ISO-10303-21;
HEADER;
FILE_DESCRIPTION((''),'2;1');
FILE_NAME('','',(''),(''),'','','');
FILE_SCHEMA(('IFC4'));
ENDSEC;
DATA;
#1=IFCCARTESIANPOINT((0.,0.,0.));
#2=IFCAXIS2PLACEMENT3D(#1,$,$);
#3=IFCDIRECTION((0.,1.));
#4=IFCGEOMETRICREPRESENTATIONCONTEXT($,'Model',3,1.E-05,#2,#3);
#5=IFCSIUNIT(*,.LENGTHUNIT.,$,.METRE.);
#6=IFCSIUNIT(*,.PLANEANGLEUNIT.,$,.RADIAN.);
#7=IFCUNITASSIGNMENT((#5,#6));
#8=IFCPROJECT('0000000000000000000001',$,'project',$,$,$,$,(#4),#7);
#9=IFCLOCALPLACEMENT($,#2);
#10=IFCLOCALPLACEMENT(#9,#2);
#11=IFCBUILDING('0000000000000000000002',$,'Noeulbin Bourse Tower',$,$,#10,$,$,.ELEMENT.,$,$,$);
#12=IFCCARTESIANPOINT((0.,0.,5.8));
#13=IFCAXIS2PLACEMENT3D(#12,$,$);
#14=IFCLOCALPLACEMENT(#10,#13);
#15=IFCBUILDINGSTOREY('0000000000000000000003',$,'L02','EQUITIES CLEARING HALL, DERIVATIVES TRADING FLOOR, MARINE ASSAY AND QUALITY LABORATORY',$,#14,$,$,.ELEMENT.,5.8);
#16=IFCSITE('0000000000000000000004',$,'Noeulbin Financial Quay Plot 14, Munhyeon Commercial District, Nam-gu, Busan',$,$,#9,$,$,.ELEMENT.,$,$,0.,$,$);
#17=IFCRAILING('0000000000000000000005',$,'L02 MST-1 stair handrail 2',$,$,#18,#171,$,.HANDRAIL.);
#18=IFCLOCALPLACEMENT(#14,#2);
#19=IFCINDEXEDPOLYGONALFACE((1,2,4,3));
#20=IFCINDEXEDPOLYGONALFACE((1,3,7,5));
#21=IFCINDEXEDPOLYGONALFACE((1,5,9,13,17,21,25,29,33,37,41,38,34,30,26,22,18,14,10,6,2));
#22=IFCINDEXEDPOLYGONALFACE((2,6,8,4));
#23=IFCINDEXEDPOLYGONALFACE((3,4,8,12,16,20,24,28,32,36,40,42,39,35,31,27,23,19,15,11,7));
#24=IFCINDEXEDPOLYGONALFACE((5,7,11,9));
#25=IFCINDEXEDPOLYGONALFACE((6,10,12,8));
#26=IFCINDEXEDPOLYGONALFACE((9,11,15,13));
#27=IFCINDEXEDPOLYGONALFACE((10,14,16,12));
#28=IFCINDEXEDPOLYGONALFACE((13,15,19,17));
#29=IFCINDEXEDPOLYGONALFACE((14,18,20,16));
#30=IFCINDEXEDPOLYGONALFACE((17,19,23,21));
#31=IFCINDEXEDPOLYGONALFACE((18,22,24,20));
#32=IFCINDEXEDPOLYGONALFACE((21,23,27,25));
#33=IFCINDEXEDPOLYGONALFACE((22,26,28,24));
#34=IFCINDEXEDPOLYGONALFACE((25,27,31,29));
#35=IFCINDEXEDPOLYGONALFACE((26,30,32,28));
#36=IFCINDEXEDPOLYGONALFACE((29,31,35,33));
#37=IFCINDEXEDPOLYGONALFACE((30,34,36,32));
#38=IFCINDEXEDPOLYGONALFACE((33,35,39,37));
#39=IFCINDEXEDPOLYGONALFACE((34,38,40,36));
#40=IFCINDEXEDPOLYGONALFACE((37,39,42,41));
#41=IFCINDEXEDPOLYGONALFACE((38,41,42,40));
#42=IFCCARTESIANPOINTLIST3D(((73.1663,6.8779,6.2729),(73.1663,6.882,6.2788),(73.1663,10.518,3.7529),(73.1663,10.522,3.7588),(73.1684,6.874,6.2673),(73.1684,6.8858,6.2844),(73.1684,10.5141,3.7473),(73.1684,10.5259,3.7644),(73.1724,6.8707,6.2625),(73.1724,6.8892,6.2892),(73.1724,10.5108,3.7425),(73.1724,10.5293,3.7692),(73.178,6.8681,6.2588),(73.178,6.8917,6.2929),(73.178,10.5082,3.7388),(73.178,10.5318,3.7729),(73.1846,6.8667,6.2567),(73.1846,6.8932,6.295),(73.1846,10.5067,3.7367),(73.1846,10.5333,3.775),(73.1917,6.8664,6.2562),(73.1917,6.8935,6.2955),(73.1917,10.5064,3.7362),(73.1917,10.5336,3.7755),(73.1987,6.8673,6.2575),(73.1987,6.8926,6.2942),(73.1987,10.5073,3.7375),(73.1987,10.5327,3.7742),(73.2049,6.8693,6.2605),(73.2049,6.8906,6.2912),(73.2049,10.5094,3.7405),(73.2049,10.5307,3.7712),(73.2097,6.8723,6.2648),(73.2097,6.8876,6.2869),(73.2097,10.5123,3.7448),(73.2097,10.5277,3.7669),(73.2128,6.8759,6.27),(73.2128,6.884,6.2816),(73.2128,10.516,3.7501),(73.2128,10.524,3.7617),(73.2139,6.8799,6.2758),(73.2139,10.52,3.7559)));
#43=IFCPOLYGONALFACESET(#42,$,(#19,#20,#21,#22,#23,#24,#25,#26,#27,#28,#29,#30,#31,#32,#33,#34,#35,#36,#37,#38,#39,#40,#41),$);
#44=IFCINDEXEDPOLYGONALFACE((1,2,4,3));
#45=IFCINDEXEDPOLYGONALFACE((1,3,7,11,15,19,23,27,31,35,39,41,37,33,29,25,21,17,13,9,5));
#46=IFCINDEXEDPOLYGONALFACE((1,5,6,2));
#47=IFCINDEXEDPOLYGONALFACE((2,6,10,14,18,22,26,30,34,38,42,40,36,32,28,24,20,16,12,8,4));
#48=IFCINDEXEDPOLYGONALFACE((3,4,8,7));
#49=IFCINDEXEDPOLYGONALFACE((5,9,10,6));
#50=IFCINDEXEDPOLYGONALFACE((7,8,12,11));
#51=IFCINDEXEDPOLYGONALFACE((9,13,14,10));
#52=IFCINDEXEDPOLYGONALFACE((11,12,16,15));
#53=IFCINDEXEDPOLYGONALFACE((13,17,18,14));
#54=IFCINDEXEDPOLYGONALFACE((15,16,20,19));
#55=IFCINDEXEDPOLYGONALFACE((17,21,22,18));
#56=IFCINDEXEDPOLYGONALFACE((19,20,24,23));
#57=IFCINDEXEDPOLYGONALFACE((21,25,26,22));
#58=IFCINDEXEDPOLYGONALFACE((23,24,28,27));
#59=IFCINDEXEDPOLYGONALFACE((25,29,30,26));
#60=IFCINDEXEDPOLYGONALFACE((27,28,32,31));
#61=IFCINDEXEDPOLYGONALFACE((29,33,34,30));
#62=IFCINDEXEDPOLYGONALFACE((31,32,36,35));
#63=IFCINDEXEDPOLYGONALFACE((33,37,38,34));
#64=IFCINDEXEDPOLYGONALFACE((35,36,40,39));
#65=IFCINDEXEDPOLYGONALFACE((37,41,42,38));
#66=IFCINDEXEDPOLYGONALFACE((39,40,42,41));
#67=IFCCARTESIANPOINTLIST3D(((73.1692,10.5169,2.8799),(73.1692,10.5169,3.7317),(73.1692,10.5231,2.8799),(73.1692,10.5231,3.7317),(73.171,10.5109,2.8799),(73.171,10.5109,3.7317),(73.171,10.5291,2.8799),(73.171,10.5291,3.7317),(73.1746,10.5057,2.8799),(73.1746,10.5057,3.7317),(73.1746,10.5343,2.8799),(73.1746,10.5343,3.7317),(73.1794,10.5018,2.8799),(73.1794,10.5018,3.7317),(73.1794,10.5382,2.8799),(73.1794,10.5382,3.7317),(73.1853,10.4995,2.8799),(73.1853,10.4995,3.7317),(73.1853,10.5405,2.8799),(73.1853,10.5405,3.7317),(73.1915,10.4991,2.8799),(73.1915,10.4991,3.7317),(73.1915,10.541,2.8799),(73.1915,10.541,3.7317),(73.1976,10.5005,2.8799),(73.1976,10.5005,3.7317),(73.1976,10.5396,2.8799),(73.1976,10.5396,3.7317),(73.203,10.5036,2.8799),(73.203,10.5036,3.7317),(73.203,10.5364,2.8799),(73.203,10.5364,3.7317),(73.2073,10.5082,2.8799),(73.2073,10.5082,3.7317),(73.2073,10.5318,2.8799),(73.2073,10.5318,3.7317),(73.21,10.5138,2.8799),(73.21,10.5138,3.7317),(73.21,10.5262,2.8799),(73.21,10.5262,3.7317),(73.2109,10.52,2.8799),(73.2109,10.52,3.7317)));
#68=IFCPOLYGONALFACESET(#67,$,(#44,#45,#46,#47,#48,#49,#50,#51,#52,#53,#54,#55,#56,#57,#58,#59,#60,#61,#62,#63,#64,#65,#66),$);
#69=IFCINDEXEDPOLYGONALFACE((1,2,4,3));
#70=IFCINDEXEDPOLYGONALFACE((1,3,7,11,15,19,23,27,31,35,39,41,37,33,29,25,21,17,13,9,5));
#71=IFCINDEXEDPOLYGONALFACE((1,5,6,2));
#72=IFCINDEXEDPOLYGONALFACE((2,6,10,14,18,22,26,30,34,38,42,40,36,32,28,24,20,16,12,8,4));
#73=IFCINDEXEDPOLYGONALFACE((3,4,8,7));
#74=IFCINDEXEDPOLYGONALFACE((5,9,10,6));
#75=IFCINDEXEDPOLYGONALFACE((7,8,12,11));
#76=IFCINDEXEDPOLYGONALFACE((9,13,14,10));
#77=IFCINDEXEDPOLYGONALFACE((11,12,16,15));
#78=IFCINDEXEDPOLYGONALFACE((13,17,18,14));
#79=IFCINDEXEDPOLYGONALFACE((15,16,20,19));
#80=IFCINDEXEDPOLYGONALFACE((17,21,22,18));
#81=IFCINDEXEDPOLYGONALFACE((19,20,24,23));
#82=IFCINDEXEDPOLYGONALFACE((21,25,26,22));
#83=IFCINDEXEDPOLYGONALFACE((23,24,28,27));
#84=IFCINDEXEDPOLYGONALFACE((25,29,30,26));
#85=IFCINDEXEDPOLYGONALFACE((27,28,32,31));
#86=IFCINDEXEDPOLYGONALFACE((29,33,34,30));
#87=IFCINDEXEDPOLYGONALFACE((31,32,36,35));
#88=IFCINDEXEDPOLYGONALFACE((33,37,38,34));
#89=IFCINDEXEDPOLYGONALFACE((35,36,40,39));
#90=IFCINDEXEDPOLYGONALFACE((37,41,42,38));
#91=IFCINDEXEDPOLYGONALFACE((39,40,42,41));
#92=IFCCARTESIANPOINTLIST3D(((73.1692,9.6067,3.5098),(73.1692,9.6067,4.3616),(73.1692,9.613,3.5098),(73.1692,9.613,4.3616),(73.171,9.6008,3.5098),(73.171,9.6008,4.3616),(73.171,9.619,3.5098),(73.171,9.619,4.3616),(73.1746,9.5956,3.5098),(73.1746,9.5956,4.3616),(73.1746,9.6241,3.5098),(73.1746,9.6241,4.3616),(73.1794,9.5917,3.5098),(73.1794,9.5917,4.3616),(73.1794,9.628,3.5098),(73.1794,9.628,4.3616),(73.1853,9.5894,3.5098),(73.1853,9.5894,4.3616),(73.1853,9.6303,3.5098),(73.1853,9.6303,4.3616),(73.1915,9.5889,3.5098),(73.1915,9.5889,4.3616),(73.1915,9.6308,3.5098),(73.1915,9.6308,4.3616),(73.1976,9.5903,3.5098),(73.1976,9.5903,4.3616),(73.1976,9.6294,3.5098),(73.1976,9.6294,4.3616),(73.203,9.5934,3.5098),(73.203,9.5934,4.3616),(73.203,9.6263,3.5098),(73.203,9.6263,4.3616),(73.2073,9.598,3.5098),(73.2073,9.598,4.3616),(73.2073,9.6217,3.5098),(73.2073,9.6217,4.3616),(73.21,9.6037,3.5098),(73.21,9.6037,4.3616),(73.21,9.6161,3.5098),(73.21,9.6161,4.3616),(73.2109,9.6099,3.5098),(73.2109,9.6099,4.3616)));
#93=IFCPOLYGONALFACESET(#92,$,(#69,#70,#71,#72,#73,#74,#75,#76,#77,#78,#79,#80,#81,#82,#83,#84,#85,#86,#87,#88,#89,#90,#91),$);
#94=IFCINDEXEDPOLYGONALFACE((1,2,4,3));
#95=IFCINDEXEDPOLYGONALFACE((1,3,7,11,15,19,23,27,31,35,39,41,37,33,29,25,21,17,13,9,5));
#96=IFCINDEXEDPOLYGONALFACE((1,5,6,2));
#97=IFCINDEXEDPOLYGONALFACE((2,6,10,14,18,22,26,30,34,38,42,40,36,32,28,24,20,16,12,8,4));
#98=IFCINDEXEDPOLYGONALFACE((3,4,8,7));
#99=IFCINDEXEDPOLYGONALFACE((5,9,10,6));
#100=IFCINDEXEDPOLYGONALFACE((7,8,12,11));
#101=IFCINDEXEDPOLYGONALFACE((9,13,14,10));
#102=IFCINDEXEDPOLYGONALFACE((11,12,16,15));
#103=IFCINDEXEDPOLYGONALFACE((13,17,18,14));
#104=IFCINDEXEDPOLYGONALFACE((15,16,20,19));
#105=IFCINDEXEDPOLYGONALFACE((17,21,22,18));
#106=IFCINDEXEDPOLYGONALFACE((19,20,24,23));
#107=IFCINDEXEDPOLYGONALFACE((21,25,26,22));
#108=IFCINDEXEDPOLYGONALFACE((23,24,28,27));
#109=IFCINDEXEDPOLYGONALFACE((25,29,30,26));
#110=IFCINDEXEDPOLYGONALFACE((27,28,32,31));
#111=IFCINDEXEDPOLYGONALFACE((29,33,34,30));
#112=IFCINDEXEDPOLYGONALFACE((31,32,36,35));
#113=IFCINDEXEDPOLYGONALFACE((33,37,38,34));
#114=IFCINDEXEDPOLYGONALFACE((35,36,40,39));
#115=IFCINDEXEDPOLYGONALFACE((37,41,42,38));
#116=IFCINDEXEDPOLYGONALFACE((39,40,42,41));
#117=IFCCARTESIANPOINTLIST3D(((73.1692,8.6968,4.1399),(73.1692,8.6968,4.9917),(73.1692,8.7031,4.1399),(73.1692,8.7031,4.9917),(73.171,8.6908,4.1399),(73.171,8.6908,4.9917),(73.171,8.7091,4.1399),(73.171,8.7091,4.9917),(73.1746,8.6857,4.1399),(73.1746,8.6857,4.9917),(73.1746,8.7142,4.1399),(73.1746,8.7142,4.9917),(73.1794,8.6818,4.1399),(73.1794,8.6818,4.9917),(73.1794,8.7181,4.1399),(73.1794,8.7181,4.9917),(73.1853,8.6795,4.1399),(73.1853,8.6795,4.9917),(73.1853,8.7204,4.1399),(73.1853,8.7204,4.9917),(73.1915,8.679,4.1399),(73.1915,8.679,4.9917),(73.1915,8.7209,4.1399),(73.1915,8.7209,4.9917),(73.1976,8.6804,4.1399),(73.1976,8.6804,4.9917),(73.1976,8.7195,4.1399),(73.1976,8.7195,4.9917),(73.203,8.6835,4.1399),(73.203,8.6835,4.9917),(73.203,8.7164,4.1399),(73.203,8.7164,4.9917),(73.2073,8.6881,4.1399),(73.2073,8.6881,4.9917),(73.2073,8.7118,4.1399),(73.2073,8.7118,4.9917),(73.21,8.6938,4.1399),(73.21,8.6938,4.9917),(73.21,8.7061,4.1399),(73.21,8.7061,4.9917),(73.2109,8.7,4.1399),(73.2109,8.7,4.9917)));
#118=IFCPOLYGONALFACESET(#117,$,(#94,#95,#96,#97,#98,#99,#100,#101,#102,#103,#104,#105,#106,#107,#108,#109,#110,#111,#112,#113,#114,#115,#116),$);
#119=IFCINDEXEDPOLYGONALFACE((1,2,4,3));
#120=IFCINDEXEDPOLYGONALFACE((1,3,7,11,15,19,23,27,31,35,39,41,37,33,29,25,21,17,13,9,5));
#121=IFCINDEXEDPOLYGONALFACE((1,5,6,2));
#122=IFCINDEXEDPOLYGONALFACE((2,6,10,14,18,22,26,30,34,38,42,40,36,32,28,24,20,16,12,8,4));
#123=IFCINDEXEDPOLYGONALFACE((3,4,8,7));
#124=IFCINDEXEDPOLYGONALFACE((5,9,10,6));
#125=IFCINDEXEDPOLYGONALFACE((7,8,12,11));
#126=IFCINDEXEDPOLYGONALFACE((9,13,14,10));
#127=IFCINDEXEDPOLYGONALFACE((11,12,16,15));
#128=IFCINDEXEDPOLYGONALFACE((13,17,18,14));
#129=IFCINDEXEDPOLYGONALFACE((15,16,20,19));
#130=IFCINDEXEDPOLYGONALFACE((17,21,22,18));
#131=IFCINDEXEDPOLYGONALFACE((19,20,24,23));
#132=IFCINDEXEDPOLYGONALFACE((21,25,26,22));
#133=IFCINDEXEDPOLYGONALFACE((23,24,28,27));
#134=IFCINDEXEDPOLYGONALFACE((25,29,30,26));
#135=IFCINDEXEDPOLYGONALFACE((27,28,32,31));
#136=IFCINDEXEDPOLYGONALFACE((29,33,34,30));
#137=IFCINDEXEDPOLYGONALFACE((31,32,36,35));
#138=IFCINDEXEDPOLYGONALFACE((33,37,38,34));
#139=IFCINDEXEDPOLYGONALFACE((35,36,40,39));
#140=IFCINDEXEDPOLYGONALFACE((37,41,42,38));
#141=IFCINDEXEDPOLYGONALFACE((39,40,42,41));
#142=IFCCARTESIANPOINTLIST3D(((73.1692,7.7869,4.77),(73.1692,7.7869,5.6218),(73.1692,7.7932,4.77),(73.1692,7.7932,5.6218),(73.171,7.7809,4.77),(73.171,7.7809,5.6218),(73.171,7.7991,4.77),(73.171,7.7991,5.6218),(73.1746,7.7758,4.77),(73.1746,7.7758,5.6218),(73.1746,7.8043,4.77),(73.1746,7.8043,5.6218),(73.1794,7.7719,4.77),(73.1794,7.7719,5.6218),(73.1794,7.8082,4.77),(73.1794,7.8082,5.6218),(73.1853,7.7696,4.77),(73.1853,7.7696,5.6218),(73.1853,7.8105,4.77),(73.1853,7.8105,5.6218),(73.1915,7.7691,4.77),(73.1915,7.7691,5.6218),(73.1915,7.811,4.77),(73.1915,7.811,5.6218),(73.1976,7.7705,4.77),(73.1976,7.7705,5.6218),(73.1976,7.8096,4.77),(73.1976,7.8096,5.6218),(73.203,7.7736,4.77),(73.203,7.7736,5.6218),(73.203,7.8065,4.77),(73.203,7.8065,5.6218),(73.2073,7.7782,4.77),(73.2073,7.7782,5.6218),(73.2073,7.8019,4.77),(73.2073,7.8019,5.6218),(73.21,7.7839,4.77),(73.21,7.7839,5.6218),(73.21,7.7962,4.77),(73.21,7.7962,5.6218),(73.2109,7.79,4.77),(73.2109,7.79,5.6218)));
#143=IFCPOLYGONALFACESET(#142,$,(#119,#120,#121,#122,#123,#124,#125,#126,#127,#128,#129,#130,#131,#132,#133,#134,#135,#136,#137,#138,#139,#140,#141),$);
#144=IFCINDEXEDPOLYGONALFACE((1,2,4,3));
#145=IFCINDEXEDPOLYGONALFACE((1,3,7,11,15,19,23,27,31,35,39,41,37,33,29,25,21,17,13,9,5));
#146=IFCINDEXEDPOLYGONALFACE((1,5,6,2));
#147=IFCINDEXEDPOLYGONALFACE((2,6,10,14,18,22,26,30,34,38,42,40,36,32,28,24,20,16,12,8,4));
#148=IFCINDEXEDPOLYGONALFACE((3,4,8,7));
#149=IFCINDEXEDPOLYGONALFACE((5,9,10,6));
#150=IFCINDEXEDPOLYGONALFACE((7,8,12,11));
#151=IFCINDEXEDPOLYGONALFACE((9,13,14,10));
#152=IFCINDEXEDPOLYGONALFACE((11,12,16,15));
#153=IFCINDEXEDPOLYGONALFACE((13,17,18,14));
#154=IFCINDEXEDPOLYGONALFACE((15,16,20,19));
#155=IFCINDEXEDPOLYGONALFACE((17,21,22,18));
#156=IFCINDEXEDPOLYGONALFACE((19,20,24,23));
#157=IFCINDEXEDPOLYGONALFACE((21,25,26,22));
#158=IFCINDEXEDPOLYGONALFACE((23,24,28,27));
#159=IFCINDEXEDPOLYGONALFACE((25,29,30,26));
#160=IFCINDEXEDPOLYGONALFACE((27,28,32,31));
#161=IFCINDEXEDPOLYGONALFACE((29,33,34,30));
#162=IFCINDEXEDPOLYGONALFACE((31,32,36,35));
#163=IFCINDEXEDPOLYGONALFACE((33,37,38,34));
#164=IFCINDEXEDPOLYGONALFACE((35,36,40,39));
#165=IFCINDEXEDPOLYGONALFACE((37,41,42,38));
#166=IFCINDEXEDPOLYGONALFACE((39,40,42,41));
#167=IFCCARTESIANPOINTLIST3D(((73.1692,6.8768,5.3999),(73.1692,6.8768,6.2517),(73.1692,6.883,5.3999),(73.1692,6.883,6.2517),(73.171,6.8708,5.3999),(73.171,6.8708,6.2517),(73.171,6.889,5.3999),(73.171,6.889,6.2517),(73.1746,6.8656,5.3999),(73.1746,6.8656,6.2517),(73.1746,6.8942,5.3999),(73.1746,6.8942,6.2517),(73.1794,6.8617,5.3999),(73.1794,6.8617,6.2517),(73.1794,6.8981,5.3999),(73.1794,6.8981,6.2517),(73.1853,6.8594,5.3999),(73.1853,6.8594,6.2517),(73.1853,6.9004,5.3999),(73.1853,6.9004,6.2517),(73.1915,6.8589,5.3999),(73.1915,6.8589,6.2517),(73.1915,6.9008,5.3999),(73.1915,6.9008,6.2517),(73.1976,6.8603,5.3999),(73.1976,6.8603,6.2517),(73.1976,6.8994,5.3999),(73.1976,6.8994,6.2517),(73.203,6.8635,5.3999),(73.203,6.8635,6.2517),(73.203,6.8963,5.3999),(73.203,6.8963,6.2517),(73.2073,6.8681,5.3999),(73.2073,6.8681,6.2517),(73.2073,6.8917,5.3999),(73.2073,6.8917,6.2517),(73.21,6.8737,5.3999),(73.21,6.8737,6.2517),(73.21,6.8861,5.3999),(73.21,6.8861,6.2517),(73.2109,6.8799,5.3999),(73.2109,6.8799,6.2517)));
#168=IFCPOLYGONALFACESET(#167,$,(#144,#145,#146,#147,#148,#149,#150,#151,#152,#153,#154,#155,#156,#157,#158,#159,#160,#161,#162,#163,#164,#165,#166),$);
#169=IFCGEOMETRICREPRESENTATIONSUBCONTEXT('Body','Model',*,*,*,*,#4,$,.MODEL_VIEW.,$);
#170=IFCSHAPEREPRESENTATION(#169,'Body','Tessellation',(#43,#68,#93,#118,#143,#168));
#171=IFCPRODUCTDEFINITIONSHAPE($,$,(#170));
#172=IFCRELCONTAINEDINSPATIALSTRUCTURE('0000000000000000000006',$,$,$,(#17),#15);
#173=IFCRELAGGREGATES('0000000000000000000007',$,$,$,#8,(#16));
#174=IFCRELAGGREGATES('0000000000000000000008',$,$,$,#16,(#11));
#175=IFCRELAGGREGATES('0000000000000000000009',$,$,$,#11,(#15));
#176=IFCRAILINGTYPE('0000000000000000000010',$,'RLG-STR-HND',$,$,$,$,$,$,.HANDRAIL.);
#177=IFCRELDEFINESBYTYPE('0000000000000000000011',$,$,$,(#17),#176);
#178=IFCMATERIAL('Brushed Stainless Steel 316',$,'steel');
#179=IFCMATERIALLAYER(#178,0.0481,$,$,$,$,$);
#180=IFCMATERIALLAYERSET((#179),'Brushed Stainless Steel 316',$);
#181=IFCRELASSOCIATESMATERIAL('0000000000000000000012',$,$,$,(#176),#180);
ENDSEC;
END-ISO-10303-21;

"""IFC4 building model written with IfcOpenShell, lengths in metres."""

from ifc_helpers import new_model, si_unit, direction, frame, origin, origin_2d, place, context, subcontext, project, spatial, circle, extrude, material, layer, layer_set, type_object, element, save


model = new_model("IFC4")

# Units and contexts
model_context = context("Model", 3, precision=1e-05, world=origin(), true_north=direction((0.0, 1.0)))
body_context = subcontext(model_context, "Body", "Model", "MODEL_VIEW")
ifc_project = project(units=[si_unit("LENGTHUNIT", "METRE"), si_unit("PLANEANGLEUNIT", "RADIAN")], contexts=[model_context])

# Site, building, storey
site_placement = place(None, origin())
site = spatial("IfcSite", under=ifc_project, at=site_placement, Name="Noeulbin Financial Quay Plot 14, Munhyeon Commercial District, Nam-gu, Busan", CompositionType="ELEMENT", RefElevation=0.0)
building_placement = place(site_placement, origin())
building = spatial("IfcBuilding", under=site, at=building_placement, Name="Noeulbin Bourse Tower", CompositionType="ELEMENT")
storey_placement = place(building_placement, frame((0.0, 0.0, 5.8)))
storey = spatial("IfcBuildingStorey", under=building, at=storey_placement, Name="L02", Description="EQUITIES CLEARING HALL, DERIVATIVES TRADING FLOOR, MARINE ASSAY AND QUALITY LABORATORY", CompositionType="ELEMENT", Elevation=5.8)

# Railing
ifc_material_1 = material(Name="Brushed Stainless Steel 316", Category="steel")
ifc_layer_1 = layer(ifc_material_1, 0.0481)
ifc_layer_set_1 = layer_set([ifc_layer_1], Name="Brushed Stainless Steel 316")
railing_type_1 = type_object("IfcRailingType", Name="RLG-STR-HND", PredefinedType="HANDRAIL", material=ifc_layer_set_1)
railing_1_placement = place(storey_placement, frame((73.1899, 10.52, 2.8799)))
element("IfcRailing", 1, at=railing_1_placement, inside=storey, type_object=railing_type_1, Name="L02 MST-1 stair handrail 2", PredefinedType="HANDRAIL", context=body_context, shape_type="SweptSolid", body=[
    extrude(circle(Radius=0.0239, at=origin_2d()), frame((0.0, 0.0, 0.876), z_axis=(0.0, -0.8222, 0.569199), x_axis=(1.0, 0.0, 0.0)), (0.0, 0.0, 1.0), 4.4272),
    extrude(circle(Radius=0.021, at=origin_2d()), origin(), (0.0, 0.0, 1.0), 0.8518),
    extrude(circle(Radius=0.021, at=origin_2d()), frame((0.0, -0.9102, 0.6299)), (0.0, 0.0, 1.0), 0.8518),
    extrude(circle(Radius=0.021, at=origin_2d()), frame((0.0, -1.8201, 1.26)), (0.0, 0.0, 1.0), 0.8518),
    extrude(circle(Radius=0.021, at=origin_2d()), frame((0.0, -2.73, 1.8901)), (0.0, 0.0, 1.0), 0.8518),
    extrude(circle(Radius=0.021, at=origin_2d()), frame((0.0, -3.6401, 2.52)), (0.0, 0.0, 1.0), 0.8518),
])

save(model, "model.ifc")
